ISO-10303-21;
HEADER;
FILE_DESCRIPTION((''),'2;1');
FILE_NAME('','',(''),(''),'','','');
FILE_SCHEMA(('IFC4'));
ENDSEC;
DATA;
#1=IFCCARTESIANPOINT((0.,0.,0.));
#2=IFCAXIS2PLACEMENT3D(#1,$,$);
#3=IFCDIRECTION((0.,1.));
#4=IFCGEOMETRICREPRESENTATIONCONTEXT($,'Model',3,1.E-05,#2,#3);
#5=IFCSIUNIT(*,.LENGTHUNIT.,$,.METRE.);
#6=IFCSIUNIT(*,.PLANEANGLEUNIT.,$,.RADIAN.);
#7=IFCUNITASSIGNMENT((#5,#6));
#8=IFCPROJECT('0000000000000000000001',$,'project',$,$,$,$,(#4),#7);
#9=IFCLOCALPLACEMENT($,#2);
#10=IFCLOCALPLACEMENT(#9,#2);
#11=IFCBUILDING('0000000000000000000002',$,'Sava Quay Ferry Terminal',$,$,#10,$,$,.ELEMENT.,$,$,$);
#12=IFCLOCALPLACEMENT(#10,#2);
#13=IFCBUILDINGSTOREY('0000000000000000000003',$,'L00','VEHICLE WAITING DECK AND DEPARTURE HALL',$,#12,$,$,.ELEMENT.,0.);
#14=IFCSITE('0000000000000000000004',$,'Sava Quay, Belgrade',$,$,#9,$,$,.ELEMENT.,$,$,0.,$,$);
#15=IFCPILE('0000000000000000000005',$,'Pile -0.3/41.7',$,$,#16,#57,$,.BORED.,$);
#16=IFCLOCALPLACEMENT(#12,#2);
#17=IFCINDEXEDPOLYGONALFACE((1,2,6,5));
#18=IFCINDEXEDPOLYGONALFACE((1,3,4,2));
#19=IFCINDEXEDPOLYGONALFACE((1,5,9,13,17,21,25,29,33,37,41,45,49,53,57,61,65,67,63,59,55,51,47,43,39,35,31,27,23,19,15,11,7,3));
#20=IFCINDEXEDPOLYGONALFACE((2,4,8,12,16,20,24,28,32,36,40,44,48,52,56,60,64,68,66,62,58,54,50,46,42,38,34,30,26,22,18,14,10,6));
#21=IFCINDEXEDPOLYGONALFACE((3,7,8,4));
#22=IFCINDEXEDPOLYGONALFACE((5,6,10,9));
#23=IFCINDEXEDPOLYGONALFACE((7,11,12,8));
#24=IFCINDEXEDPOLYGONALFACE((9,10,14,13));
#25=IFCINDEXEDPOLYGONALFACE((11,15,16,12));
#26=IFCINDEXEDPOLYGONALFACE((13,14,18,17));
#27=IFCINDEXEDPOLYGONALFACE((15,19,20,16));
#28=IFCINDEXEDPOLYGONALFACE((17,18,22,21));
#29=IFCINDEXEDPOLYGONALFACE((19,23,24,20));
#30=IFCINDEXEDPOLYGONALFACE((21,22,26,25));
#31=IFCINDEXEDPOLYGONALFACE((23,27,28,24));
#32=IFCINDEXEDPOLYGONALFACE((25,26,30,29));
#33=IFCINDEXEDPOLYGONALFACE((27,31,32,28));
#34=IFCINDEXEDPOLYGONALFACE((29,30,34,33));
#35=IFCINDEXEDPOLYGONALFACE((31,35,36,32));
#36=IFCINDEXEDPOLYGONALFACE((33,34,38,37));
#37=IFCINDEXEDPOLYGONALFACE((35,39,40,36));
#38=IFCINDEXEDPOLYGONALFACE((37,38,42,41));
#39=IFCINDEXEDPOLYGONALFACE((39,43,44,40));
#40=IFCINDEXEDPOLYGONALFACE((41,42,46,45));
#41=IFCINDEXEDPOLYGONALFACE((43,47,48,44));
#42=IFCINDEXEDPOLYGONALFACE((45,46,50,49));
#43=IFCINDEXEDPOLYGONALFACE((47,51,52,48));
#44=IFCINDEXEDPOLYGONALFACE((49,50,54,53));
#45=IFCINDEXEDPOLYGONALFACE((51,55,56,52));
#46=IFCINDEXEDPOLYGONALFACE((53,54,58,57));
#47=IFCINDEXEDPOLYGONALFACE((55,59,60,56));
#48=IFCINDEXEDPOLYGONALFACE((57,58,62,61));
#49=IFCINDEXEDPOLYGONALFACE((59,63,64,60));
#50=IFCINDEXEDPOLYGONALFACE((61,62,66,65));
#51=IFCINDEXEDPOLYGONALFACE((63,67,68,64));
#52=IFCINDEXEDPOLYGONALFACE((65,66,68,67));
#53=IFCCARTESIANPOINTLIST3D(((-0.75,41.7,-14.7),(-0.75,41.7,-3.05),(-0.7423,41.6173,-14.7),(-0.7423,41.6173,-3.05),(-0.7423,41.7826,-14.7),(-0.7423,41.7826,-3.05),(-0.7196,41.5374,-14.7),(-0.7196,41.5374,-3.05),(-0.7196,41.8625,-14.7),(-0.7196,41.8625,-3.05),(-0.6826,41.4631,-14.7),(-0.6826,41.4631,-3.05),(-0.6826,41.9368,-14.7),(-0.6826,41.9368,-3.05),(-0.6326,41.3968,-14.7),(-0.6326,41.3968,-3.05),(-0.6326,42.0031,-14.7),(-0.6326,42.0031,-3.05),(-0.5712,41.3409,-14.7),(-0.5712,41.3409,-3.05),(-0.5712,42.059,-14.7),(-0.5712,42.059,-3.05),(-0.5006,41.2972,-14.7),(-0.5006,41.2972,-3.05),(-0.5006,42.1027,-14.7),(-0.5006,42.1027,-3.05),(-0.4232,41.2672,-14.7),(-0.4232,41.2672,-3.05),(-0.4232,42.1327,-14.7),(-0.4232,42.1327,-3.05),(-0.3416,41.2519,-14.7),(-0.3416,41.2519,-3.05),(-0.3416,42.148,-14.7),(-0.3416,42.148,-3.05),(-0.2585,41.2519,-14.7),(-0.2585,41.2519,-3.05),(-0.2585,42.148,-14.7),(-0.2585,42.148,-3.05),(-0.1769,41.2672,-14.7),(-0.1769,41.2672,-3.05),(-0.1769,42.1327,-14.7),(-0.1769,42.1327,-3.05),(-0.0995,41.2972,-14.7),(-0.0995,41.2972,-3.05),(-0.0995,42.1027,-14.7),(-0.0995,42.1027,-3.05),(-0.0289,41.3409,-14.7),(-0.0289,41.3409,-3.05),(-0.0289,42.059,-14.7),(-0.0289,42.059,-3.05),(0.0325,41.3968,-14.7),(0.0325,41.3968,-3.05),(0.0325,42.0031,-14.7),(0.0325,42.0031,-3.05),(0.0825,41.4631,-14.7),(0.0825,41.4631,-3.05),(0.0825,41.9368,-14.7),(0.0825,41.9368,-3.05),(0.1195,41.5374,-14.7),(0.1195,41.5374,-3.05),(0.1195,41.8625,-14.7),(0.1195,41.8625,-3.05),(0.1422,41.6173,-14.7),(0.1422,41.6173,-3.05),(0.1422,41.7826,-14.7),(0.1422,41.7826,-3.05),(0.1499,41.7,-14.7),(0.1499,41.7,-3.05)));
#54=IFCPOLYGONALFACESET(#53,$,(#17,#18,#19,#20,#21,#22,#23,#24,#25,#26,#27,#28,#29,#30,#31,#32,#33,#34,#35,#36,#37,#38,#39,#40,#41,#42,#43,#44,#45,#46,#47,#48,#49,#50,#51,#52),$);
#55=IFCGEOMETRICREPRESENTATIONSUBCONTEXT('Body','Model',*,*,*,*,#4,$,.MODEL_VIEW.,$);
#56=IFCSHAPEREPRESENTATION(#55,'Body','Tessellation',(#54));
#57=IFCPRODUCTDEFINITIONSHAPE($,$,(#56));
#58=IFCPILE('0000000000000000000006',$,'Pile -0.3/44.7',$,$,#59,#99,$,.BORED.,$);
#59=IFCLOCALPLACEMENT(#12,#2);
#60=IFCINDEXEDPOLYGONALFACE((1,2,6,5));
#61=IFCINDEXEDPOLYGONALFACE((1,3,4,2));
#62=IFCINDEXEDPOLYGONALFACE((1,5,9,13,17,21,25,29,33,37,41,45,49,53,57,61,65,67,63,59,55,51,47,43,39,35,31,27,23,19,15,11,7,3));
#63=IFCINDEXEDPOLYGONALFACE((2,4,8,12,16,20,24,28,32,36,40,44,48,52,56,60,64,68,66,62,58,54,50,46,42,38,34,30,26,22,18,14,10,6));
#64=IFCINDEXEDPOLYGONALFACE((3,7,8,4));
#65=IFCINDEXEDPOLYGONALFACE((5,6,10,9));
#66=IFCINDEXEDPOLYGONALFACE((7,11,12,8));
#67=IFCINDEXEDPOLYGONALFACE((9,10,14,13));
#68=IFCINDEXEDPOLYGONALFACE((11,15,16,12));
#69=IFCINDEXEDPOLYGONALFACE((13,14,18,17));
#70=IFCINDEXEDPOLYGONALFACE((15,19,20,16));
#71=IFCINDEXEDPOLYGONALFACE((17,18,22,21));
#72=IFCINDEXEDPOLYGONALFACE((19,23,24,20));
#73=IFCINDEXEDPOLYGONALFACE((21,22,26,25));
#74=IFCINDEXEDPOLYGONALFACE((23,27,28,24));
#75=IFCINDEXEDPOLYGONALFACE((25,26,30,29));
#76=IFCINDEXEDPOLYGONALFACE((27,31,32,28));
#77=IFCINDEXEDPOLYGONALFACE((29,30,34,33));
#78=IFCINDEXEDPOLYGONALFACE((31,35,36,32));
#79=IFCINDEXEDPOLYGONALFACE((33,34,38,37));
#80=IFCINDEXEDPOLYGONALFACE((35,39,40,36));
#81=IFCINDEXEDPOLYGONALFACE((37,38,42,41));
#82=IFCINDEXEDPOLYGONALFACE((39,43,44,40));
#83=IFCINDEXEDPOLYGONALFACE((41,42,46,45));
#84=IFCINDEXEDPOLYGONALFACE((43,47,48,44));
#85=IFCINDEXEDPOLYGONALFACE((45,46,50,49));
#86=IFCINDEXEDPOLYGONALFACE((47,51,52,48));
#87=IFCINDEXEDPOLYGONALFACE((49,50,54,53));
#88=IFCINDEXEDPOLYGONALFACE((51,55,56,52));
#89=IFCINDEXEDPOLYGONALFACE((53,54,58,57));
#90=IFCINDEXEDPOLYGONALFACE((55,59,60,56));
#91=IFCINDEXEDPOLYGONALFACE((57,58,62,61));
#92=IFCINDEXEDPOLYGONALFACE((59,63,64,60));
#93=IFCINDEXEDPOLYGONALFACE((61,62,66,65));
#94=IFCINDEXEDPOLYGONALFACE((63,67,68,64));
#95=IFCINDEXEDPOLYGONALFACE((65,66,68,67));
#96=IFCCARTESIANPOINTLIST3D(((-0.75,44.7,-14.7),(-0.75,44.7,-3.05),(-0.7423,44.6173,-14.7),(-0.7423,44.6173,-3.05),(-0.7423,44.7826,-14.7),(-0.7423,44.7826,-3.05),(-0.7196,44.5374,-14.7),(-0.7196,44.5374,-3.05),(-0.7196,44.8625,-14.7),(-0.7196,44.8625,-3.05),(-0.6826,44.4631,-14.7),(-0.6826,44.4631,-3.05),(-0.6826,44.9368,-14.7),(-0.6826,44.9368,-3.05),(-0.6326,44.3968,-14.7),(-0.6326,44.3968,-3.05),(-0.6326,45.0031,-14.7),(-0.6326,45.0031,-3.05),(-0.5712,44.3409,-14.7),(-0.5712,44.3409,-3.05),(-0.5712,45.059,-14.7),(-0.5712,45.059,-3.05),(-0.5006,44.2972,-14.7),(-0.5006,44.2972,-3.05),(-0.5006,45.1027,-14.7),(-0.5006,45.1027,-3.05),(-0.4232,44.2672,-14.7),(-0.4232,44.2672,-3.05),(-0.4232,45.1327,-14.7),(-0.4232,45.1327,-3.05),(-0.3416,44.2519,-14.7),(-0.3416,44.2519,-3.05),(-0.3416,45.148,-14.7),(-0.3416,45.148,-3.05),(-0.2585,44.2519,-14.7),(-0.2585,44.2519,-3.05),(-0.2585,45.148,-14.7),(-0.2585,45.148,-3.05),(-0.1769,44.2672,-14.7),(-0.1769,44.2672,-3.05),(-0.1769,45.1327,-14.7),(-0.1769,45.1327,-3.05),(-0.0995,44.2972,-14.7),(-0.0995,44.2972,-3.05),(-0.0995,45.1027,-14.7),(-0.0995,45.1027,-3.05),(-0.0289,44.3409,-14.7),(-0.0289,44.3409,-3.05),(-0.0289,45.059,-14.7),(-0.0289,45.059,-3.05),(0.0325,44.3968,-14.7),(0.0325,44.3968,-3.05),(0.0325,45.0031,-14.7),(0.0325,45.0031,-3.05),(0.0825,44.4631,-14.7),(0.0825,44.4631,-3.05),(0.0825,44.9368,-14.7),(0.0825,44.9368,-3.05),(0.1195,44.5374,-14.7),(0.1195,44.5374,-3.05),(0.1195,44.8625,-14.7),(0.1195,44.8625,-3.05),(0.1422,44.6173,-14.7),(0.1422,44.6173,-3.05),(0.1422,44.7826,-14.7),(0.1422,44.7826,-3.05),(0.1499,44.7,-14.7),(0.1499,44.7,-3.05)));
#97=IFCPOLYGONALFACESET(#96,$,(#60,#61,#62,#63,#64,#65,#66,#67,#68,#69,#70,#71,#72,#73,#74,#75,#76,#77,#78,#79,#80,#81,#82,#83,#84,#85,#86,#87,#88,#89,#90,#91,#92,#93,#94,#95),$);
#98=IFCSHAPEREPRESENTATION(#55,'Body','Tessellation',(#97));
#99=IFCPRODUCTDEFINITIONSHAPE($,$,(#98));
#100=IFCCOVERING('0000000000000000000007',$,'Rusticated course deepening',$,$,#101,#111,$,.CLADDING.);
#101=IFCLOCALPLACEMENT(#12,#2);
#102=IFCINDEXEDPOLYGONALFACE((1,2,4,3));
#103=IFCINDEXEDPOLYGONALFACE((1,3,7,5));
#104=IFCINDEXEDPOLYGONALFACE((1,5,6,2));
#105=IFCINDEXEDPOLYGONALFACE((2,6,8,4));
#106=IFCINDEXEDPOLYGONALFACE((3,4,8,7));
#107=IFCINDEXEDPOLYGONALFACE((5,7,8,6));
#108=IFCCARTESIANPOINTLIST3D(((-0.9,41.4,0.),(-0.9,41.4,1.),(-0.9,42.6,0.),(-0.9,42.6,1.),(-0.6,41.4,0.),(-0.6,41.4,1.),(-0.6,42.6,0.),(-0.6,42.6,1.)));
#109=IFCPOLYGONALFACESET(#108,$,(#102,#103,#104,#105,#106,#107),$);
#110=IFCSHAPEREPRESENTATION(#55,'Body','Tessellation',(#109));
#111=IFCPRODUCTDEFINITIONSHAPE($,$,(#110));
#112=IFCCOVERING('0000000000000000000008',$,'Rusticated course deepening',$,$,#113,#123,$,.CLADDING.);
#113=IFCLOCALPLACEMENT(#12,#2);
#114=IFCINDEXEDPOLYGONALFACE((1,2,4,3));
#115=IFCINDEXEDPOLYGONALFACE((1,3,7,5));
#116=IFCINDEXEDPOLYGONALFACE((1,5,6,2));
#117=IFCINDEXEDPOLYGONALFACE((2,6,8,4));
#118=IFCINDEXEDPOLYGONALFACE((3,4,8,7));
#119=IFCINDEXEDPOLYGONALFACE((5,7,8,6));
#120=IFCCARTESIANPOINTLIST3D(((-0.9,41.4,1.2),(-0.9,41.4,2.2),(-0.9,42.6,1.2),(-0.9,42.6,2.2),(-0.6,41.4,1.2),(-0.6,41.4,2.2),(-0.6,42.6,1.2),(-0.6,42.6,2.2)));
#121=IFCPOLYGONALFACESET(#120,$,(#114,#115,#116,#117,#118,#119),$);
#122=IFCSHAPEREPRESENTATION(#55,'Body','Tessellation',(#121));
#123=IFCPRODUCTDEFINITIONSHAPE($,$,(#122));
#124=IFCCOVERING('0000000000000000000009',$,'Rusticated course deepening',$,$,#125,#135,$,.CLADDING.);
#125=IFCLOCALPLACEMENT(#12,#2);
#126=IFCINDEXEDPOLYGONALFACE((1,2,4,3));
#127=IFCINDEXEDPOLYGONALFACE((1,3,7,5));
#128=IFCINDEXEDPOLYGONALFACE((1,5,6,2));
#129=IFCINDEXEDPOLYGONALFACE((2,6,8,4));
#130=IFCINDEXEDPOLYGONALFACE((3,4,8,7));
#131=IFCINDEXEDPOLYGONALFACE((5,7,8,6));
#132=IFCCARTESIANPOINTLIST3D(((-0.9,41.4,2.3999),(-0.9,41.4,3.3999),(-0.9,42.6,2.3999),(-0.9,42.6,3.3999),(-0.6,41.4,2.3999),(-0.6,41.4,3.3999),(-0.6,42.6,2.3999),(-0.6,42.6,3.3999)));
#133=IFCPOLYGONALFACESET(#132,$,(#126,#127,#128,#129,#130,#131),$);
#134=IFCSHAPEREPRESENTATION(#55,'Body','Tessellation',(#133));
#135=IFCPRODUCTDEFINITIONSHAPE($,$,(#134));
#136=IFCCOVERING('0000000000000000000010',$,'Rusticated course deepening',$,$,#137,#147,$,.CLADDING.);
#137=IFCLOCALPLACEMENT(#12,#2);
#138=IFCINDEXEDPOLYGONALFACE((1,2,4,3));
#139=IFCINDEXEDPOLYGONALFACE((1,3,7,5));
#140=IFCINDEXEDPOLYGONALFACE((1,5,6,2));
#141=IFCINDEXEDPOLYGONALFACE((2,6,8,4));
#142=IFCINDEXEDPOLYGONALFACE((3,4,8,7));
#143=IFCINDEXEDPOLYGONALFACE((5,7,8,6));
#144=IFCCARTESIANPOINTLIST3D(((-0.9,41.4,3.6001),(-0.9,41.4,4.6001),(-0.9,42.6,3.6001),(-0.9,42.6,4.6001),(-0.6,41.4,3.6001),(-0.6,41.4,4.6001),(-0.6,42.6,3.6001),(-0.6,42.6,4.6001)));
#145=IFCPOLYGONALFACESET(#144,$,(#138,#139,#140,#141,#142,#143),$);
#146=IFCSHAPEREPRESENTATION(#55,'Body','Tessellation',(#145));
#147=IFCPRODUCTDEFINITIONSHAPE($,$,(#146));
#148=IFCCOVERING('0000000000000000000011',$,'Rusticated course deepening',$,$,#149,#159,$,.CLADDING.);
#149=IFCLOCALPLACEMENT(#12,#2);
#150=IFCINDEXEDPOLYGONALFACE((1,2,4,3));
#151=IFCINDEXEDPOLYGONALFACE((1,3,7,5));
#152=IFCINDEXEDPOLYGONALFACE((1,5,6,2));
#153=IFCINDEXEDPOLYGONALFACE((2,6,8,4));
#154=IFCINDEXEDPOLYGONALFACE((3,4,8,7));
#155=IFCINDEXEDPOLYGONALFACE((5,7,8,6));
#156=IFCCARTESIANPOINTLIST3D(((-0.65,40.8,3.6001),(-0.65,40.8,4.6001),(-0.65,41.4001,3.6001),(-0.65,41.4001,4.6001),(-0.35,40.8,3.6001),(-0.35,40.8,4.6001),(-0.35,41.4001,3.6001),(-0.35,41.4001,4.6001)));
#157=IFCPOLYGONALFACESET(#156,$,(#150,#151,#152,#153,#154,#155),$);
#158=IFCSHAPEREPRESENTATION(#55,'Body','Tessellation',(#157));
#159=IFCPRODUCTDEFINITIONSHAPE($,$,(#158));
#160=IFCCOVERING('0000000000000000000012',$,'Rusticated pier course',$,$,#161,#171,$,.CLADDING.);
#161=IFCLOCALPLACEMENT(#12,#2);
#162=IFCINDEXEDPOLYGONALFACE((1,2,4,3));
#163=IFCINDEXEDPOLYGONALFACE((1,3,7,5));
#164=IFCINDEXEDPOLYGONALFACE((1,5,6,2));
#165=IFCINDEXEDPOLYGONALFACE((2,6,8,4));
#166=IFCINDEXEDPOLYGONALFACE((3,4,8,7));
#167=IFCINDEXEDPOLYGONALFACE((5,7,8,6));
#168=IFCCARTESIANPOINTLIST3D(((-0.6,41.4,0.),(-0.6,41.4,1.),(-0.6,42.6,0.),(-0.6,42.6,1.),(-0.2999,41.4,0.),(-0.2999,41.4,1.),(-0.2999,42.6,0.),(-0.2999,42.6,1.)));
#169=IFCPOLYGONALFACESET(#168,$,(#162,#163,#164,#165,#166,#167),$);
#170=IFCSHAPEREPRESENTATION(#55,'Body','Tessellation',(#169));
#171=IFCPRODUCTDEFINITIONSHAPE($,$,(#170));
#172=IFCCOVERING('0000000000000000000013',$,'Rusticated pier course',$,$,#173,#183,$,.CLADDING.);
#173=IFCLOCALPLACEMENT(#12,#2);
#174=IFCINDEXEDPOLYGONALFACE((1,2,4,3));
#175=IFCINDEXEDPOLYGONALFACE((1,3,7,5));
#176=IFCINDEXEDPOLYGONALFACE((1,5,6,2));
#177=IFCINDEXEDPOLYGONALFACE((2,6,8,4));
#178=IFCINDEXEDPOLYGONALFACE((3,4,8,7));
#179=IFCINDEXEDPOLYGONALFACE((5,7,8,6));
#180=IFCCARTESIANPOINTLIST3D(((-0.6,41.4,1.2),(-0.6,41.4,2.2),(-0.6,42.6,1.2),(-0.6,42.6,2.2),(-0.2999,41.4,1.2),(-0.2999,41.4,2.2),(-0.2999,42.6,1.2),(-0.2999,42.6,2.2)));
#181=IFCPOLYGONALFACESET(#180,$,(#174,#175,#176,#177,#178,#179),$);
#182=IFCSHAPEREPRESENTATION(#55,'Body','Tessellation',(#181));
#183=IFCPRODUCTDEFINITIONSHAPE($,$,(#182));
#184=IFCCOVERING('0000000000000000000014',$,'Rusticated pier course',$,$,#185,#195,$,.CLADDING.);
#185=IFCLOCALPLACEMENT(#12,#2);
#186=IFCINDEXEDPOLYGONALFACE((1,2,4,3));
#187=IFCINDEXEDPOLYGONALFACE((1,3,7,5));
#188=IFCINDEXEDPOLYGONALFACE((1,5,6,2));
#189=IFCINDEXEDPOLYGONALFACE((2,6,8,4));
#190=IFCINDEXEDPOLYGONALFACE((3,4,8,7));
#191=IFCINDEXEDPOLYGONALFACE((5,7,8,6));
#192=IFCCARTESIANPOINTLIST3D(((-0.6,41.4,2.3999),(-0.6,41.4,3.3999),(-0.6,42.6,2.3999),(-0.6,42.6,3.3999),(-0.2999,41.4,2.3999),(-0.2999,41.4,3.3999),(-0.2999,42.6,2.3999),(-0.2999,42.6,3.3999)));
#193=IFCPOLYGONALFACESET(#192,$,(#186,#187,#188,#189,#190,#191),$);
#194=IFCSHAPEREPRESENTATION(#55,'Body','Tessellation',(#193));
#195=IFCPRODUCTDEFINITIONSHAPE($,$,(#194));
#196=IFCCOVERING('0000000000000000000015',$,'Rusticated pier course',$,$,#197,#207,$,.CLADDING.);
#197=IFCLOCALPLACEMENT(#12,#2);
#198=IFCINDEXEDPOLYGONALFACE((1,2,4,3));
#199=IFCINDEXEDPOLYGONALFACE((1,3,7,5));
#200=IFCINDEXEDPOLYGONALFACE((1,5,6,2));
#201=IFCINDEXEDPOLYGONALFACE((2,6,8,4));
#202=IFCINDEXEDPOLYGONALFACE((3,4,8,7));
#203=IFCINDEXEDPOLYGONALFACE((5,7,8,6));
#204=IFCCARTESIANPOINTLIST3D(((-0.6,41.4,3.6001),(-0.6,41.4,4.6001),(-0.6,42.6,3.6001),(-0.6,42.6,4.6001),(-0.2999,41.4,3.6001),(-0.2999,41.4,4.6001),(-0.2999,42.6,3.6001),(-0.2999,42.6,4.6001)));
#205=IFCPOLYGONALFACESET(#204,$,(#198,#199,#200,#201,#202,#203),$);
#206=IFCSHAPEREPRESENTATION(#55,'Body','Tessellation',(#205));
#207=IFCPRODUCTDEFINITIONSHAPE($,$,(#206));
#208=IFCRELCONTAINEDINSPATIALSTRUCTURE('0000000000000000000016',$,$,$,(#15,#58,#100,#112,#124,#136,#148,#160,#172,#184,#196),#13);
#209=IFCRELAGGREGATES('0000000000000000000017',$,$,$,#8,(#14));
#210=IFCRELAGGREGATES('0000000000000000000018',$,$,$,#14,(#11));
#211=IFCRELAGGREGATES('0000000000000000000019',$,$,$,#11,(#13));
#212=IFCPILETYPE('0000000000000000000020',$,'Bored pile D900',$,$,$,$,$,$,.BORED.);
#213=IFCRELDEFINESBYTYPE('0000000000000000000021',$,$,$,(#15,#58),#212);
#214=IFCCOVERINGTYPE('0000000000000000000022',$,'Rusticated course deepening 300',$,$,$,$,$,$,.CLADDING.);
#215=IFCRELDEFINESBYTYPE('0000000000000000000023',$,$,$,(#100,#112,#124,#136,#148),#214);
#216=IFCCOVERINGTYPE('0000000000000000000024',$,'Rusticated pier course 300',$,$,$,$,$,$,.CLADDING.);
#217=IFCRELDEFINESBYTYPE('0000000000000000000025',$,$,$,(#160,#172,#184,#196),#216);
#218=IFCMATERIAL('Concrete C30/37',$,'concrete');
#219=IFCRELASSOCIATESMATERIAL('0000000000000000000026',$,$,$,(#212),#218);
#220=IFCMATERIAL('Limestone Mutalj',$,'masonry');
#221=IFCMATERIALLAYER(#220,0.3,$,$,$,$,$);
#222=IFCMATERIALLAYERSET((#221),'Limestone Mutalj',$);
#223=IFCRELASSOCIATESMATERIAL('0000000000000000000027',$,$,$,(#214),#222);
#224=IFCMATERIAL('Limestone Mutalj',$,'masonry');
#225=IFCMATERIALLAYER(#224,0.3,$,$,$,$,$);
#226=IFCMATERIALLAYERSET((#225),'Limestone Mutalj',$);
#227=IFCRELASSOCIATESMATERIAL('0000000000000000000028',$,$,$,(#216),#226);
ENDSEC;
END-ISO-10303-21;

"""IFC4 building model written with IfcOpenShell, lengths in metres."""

from ifc_helpers import new_model, si_unit, direction, frame, origin, origin_2d, place, context, subcontext, project, spatial, rectangle, circle, extrude, material, layer, layer_set, material_profile, profile_set, type_object, element, save


model = new_model("IFC4")

# Units and contexts
model_context = context("Model", 3, precision=1e-05, world=origin(), true_north=direction((0.0, 1.0)))
body_context = subcontext(model_context, "Body", "Model", "MODEL_VIEW")
ifc_project = project(units=[si_unit("LENGTHUNIT", "METRE"), si_unit("PLANEANGLEUNIT", "RADIAN")], contexts=[model_context])

# Site, building, storey
site_placement = place(None, origin())
site = spatial("IfcSite", under=ifc_project, at=site_placement, Name="Sava Quay, Belgrade", CompositionType="ELEMENT", RefElevation=0.0)
building_placement = place(site_placement, origin())
building = spatial("IfcBuilding", under=site, at=building_placement, Name="Sava Quay Ferry Terminal", CompositionType="ELEMENT")
storey_placement = place(building_placement, origin())
storey = spatial("IfcBuildingStorey", under=building, at=storey_placement, Name="L00", Description="VEHICLE WAITING DECK AND DEPARTURE HALL", CompositionType="ELEMENT", Elevation=0.0)

# Piles
ifc_material_1 = material(Name="Concrete C30/37", Category="concrete")
ifc_material_profile = material_profile(ifc_material_1, circle(Radius=0.45, at=origin_2d()), Name="Bored pile D900")
ifc_profile_set = profile_set([ifc_material_profile], Name="Concrete C30/37")
pile_type = type_object("IfcPileType", Name="Bored pile D900", PredefinedType="BORED", material=ifc_profile_set)
for number, where, z_axis, x_axis, name in (
    (1, (-0.3, 41.7, -3.05), (0.0, 0.0, -1.0), (1.0, 0.0, 0.0), "Pile -0.3/41.7"),
    (2, (-0.3, 44.7, -3.05), (0.0, 0.0, -1.0), (1.0, 0.0, 0.0), "Pile -0.3/44.7"),
):
    element("IfcPile", number, at=place(storey_placement, frame(where, z_axis=z_axis, x_axis=x_axis)), inside=storey, type_object=pile_type, Name=name, PredefinedType="BORED", context=body_context, shape_type="SweptSolid", body=[
        extrude(circle(Radius=0.45, at=origin_2d()), origin(), (0.0, 0.0, 1.0), 11.6499),
    ])

# Coverings
ifc_material_2 = material(Name="Limestone Mutalj", Category="masonry")
ifc_layer_1 = layer(ifc_material_2, 0.3)
ifc_layer_set_1 = layer_set([ifc_layer_1], Name="Limestone Mutalj")
covering_type_1 = type_object("IfcCoveringType", Name="Rusticated course deepening 300", PredefinedType="CLADDING", material=ifc_layer_set_1)
for number, where, z_axis, x_axis, name in (
    (3, (-0.75, 42.0, 0.0), (0.0, 0.0, 1.0), (1.0, 0.0, 0.0), "Rusticated course deepening"),
    (4, (-0.75, 42.0, 1.2), (0.0, 0.0, 1.0), (1.0, 0.0, 0.0), "Rusticated course deepening"),
    (5, (-0.75, 42.0, 2.3999), (0.0, 0.0, 1.0), (1.0, 0.0, 0.0), "Rusticated course deepening"),
    (6, (-0.75, 42.0, 3.6001), (0.0, 0.0, 1.0), (1.0, 0.0, 0.0), "Rusticated course deepening"),
):
    element("IfcCovering", number, at=place(storey_placement, frame(where, z_axis=z_axis, x_axis=x_axis)), inside=storey, type_object=covering_type_1, Name=name, PredefinedType="CLADDING", context=body_context, shape_type="SweptSolid", body=[
        extrude(rectangle(XDim=0.3, YDim=1.2, at=origin_2d()), origin(), (0.0, 0.0, 1.0), 1.0),
    ])
covering_placement = place(storey_placement, frame((-0.5, 41.1001, 3.6001), z_axis=(0.0, 0.0, 1.0), x_axis=(1.0, 0.0, 0.0)))
element("IfcCovering", 7, at=covering_placement, inside=storey, type_object=covering_type_1, Name="Rusticated course deepening", PredefinedType="CLADDING", context=body_context, shape_type="SweptSolid", body=[
    extrude(rectangle(XDim=0.3, YDim=0.6001, at=origin_2d()), origin(), (0.0, 0.0, 1.0), 1.0),
])
ifc_material_3 = material(Name="Limestone Mutalj", Category="masonry")
ifc_layer_2 = layer(ifc_material_3, 0.3)
ifc_layer_set_2 = layer_set([ifc_layer_2], Name="Limestone Mutalj")
covering_type_2 = type_object("IfcCoveringType", Name="Rusticated pier course 300", PredefinedType="CLADDING", material=ifc_layer_set_2)
for number, where, z_axis, x_axis, name in (
    (8, (-0.45, 42.0, 0.0), (0.0, 0.0, 1.0), (1.0, 0.0, 0.0), "Rusticated pier course"),
    (9, (-0.45, 42.0, 1.2), (0.0, 0.0, 1.0), (1.0, 0.0, 0.0), "Rusticated pier course"),
    (10, (-0.45, 42.0, 2.3999), (0.0, 0.0, 1.0), (1.0, 0.0, 0.0), "Rusticated pier course"),
    (11, (-0.45, 42.0, 3.6001), (0.0, 0.0, 1.0), (1.0, 0.0, 0.0), "Rusticated pier course"),
):
    element("IfcCovering", number, at=place(storey_placement, frame(where, z_axis=z_axis, x_axis=x_axis)), inside=storey, type_object=covering_type_2, Name=name, PredefinedType="CLADDING", context=body_context, shape_type="SweptSolid", body=[
        extrude(rectangle(XDim=0.3, YDim=1.2, at=origin_2d()), origin(), (0.0, 0.0, 1.0), 1.0),
    ])

save(model, "model.ifc")
